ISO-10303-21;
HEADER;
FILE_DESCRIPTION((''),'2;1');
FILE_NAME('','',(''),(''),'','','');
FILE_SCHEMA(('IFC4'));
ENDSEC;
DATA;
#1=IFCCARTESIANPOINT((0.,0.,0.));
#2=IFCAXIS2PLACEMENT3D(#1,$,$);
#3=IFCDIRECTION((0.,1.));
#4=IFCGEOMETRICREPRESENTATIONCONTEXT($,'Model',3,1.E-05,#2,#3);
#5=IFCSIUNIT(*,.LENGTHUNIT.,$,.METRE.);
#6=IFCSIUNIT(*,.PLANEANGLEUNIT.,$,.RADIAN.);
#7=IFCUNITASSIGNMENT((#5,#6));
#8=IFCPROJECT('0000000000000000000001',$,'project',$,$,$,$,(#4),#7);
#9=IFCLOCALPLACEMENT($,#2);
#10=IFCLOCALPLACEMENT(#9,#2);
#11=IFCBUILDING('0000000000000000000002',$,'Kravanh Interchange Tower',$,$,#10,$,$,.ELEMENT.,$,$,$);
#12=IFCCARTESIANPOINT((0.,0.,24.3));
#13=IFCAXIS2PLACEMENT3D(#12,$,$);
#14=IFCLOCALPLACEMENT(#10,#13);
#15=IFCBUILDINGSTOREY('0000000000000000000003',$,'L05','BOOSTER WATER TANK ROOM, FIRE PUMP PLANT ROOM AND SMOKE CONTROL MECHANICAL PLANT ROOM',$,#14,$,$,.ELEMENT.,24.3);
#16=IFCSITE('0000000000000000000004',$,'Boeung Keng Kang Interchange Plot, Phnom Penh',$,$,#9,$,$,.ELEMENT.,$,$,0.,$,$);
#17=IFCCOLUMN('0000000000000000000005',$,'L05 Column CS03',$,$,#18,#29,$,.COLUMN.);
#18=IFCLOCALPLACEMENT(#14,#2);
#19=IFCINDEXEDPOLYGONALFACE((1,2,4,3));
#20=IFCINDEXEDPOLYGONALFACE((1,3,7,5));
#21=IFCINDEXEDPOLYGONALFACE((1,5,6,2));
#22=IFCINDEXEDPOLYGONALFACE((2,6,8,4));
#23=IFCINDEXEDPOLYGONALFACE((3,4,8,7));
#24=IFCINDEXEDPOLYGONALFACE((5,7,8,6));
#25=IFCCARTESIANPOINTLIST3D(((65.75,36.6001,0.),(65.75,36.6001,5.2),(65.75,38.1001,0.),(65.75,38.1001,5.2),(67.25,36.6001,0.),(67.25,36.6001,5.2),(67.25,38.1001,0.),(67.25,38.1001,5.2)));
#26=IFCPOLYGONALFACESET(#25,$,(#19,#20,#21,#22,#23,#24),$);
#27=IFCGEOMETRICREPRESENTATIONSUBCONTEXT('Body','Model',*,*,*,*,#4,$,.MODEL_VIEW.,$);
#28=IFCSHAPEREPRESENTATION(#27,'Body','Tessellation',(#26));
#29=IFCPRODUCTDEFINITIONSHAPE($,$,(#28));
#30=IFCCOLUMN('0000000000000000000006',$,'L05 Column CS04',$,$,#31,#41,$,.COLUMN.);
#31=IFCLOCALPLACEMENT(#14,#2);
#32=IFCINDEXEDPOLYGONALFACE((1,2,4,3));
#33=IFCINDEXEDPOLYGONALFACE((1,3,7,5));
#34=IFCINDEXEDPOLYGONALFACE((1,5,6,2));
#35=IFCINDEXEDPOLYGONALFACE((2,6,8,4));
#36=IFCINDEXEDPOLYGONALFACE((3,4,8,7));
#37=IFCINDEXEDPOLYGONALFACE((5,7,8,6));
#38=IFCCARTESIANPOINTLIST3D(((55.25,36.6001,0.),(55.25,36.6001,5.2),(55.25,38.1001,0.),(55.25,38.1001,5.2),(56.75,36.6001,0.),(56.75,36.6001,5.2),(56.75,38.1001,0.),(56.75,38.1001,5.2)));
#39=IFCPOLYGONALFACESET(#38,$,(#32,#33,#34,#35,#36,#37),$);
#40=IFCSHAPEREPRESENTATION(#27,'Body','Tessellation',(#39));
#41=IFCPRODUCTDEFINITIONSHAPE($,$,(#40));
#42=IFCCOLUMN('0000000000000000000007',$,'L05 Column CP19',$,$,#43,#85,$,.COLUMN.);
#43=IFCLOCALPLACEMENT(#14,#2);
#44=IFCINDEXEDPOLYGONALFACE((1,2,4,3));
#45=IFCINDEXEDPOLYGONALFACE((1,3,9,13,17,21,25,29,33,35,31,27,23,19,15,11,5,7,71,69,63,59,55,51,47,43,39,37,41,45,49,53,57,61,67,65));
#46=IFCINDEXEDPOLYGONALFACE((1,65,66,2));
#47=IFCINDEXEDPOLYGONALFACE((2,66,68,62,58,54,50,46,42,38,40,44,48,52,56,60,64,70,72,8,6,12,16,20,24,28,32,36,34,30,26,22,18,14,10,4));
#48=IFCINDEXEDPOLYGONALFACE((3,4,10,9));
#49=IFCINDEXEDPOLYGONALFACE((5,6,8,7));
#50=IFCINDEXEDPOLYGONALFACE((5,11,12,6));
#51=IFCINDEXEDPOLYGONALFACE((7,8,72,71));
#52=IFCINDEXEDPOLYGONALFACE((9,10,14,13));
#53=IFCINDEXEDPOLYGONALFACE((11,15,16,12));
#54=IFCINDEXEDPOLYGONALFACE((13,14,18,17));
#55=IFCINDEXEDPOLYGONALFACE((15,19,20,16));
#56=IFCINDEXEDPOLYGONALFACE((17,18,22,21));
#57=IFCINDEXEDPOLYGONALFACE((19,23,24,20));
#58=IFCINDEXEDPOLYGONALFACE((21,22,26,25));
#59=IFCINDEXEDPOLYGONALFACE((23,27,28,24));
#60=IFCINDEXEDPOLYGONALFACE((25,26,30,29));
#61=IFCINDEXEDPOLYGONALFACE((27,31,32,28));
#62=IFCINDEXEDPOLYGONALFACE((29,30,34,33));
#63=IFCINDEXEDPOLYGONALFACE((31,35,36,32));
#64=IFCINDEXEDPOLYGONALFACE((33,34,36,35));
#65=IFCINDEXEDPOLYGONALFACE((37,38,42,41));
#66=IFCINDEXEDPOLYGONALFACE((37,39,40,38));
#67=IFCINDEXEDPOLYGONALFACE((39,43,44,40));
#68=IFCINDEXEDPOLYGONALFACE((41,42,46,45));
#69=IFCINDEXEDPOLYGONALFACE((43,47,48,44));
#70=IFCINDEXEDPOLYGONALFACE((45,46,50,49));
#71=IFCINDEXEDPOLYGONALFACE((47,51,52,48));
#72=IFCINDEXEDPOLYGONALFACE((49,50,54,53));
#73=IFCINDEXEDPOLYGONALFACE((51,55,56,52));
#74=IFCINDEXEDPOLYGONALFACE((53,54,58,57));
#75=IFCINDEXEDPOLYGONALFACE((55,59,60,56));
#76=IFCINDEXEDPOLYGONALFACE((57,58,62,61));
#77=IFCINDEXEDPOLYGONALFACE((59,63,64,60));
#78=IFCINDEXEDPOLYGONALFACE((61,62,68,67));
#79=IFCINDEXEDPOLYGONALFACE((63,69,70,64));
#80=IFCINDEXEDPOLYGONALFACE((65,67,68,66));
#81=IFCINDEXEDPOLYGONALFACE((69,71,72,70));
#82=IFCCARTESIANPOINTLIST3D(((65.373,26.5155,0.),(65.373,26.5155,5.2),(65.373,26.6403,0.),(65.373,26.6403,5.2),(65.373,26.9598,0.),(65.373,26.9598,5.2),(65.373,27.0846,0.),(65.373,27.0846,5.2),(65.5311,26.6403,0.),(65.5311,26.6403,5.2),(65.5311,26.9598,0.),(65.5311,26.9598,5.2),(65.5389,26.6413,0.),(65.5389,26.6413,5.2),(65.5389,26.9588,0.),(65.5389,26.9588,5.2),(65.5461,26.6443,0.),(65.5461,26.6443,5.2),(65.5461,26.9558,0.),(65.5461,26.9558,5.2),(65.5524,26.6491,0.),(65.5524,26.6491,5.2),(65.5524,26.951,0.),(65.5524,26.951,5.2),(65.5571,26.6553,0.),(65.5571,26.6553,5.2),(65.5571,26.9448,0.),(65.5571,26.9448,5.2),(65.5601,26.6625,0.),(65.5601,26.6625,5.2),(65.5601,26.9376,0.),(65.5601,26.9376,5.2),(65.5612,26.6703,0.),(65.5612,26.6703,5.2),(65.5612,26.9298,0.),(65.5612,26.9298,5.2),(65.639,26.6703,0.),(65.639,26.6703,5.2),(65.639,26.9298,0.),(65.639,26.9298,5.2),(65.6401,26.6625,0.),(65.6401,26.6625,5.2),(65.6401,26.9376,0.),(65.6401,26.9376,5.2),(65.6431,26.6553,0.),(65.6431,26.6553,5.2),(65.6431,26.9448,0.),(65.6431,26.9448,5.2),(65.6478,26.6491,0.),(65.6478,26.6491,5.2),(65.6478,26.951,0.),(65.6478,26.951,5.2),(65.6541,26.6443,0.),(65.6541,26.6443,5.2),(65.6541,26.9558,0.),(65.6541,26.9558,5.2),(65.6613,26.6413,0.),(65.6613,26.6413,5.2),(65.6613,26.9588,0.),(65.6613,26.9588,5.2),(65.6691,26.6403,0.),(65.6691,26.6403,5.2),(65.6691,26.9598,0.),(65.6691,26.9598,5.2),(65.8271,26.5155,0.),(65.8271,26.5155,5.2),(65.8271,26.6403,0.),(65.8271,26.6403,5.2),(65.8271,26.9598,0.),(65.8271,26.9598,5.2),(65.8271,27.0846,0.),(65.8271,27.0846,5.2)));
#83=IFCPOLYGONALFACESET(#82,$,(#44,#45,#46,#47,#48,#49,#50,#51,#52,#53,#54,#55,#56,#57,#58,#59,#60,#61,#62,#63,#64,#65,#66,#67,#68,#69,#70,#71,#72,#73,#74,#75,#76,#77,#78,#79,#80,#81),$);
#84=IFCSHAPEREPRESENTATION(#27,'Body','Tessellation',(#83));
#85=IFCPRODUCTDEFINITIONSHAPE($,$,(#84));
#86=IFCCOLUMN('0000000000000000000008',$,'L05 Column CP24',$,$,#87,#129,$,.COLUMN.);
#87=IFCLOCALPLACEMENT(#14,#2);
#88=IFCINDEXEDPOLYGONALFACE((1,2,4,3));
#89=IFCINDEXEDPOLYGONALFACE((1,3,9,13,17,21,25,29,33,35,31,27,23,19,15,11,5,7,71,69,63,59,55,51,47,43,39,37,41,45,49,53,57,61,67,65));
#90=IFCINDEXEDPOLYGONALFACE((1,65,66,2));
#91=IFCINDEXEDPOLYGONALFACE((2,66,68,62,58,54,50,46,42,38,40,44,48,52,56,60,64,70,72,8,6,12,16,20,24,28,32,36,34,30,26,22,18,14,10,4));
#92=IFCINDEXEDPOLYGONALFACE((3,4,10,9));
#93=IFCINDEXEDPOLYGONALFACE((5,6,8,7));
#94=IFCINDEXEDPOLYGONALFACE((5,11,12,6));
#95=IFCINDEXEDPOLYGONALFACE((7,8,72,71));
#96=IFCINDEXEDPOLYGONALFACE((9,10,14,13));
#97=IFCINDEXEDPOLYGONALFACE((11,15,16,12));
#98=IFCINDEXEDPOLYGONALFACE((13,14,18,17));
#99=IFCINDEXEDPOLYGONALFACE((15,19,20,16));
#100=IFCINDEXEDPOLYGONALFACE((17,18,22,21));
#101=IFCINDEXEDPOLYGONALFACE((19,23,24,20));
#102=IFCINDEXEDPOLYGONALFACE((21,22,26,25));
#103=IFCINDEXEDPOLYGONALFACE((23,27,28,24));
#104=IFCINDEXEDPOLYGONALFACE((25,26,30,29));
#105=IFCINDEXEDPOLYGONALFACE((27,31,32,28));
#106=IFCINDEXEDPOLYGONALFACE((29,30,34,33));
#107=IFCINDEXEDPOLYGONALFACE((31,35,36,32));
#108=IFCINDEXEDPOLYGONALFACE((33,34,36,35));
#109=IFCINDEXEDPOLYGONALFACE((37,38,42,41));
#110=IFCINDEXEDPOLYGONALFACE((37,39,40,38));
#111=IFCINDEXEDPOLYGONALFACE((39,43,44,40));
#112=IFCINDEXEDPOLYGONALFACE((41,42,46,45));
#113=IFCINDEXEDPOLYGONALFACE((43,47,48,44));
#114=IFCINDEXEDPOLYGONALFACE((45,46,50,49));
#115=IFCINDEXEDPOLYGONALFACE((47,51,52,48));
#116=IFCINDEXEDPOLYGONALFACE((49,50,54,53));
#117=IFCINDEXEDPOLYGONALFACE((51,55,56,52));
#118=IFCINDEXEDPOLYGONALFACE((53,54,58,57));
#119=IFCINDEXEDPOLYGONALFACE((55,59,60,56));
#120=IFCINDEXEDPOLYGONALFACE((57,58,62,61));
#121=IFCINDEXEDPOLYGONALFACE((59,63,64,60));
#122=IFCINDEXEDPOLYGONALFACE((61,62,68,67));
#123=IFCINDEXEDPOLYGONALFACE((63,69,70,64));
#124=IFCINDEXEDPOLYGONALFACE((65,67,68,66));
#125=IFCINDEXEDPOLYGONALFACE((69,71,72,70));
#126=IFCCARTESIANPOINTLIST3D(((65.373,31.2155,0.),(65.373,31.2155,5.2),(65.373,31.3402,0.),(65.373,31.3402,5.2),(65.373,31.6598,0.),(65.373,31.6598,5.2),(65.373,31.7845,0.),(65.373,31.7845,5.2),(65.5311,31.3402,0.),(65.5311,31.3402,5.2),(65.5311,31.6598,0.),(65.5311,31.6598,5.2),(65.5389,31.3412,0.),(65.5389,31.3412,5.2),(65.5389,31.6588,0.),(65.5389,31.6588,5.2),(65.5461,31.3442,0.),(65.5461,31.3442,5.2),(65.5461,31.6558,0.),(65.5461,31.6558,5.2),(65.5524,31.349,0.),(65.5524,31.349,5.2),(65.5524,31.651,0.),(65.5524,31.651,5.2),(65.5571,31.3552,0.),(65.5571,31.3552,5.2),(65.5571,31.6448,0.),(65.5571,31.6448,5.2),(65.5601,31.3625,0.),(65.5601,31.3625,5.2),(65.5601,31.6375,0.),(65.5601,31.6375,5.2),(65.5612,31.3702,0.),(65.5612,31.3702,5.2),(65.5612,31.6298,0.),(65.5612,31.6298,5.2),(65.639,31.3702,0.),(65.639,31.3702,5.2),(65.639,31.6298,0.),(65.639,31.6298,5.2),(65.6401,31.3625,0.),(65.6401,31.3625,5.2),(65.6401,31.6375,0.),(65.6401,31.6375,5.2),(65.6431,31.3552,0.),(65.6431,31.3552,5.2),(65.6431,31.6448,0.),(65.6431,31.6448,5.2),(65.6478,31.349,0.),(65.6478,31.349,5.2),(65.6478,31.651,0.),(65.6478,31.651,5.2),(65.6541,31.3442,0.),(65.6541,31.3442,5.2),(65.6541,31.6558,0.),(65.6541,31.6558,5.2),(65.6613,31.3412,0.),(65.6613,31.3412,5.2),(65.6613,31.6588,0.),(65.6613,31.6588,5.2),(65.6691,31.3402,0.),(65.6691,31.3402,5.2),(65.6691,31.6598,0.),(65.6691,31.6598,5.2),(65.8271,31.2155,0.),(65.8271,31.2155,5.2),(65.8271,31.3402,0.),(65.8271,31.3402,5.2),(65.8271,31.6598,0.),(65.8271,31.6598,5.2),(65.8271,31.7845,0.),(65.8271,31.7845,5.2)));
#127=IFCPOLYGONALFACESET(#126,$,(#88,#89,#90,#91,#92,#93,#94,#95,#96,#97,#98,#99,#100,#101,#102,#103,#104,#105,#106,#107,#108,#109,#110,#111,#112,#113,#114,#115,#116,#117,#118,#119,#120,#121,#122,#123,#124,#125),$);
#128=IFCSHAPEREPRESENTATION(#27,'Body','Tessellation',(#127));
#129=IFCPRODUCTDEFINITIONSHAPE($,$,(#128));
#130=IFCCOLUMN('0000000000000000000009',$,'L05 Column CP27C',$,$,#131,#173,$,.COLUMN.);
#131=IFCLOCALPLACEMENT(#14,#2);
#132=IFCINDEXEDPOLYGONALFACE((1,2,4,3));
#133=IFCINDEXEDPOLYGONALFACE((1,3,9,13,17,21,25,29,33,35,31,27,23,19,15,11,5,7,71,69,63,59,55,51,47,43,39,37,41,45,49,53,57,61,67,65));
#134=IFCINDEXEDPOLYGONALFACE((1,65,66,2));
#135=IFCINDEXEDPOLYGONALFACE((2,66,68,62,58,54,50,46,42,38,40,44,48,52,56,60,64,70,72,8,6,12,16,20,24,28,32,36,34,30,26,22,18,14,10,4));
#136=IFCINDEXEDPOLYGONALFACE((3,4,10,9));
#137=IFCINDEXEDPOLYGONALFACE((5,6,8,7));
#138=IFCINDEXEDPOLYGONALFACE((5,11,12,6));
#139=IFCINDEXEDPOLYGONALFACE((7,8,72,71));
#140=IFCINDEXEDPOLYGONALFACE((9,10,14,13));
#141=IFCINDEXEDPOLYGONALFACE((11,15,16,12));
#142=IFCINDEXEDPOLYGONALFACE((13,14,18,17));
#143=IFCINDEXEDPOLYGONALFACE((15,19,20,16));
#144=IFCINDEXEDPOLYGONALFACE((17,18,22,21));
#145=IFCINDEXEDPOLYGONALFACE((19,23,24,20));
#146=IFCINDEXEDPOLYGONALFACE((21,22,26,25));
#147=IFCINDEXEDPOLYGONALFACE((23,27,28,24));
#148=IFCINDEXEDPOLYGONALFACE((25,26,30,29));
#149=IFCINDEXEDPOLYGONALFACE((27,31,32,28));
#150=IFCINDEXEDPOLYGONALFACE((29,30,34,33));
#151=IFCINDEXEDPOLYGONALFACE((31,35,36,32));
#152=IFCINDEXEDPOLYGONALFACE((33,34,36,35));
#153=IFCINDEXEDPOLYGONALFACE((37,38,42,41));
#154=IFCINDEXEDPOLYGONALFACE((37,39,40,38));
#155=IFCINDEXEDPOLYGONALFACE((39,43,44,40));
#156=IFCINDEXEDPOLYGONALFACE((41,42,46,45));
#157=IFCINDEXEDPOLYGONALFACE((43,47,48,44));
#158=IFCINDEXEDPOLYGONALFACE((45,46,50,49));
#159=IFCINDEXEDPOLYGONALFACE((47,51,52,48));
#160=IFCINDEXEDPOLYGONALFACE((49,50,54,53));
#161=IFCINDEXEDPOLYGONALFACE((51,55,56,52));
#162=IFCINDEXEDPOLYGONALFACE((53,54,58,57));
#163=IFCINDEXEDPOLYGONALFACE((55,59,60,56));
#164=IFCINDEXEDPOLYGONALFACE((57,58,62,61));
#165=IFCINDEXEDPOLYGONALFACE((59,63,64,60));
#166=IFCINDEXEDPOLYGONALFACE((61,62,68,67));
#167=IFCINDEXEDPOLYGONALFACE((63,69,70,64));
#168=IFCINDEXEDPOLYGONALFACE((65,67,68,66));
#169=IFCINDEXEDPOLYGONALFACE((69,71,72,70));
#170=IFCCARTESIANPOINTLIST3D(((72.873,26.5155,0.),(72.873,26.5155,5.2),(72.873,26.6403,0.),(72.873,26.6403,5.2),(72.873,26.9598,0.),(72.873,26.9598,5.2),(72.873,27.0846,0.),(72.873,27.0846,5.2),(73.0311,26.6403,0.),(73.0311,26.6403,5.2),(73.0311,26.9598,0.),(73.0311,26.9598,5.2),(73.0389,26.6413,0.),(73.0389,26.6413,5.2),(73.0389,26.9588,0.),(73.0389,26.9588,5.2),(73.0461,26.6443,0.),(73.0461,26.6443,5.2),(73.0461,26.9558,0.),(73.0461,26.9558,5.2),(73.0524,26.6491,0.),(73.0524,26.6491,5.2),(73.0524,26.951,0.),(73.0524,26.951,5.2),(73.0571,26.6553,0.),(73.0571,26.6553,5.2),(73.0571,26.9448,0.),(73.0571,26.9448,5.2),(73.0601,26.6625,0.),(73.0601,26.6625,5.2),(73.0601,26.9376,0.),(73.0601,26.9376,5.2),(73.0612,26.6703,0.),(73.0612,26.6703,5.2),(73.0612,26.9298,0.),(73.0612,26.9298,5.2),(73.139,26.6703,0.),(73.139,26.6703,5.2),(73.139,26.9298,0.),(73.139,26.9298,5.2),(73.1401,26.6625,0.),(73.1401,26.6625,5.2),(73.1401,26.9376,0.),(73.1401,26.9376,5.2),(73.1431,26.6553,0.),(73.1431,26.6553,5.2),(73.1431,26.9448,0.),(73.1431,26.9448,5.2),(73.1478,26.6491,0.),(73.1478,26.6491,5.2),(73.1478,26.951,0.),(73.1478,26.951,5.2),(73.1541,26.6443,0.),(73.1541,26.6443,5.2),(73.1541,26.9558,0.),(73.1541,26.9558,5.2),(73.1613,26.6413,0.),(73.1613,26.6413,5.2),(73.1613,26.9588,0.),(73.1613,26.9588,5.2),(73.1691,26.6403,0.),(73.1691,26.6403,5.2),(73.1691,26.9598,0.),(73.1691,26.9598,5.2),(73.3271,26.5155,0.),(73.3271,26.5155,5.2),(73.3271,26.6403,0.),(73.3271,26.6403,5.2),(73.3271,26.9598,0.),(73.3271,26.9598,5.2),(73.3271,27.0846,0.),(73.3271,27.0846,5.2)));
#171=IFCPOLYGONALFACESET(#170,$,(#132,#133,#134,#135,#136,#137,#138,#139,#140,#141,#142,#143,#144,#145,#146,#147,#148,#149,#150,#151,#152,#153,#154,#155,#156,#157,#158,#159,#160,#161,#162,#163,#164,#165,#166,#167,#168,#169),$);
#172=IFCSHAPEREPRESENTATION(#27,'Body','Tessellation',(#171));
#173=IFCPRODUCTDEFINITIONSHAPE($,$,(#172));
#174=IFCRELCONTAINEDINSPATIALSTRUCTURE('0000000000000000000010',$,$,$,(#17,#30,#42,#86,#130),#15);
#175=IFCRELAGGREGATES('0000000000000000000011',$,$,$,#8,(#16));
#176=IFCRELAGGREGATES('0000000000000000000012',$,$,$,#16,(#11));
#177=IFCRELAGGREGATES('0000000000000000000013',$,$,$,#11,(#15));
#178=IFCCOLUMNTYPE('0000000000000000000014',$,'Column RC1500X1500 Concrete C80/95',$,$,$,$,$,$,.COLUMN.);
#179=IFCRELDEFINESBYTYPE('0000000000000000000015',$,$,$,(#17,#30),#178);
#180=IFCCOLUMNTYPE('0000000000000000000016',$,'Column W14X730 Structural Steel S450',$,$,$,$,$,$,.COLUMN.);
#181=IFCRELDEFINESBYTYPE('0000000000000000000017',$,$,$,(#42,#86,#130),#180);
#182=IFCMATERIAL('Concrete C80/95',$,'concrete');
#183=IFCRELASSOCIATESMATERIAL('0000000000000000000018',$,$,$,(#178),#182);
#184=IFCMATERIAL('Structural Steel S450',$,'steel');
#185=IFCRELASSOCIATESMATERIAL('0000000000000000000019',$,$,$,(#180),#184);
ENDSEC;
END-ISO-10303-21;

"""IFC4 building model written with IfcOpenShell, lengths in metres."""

from ifc_helpers import new_model, si_unit, direction, frame, origin, origin_2d, place, context, subcontext, project, spatial, rectangle, i_section, extrude, material, material_profile, profile_set, type_object, element, save


model = new_model("IFC4")

# Units and contexts
model_context = context("Model", 3, precision=1e-05, world=origin(), true_north=direction((0.0, 1.0)))
body_context = subcontext(model_context, "Body", "Model", "MODEL_VIEW")
ifc_project = project(units=[si_unit("LENGTHUNIT", "METRE"), si_unit("PLANEANGLEUNIT", "RADIAN")], contexts=[model_context])

# Site, building, storey
site_placement = place(None, origin())
site = spatial("IfcSite", under=ifc_project, at=site_placement, Name="Boeung Keng Kang Interchange Plot, Phnom Penh", CompositionType="ELEMENT", RefElevation=0.0)
building_placement = place(site_placement, origin())
building = spatial("IfcBuilding", under=site, at=building_placement, Name="Kravanh Interchange Tower", CompositionType="ELEMENT")
storey_placement = place(building_placement, frame((0.0, 0.0, 24.3)))
storey = spatial("IfcBuildingStorey", under=building, at=storey_placement, Name="L05", Description="BOOSTER WATER TANK ROOM, FIRE PUMP PLANT ROOM AND SMOKE CONTROL MECHANICAL PLANT ROOM", CompositionType="ELEMENT", Elevation=24.3)

# Columns
ifc_material_1 = material(Name="Concrete C80/95", Category="concrete")
ifc_material_profile_1 = material_profile(ifc_material_1, rectangle(XDim=1.5, YDim=1.5, at=origin_2d()), Name="RC1500X1500")
ifc_profile_set_1 = profile_set([ifc_material_profile_1], Name="Concrete C80/95")
column_type_1 = type_object("IfcColumnType", Name="Column RC1500X1500 Concrete C80/95", PredefinedType="COLUMN", material=ifc_profile_set_1)
for number, where, z_axis, x_axis, name in (
    (1, (66.5, 37.3501, 0.0), (0.0, 0.0, 1.0), (1.0, 0.0, 0.0), "L05 Column CS03"),
    (2, (56.0, 37.3501, 0.0), (0.0, 0.0, 1.0), (1.0, 0.0, 0.0), "L05 Column CS04"),
):
    element("IfcColumn", number, at=place(storey_placement, frame(where, z_axis=z_axis, x_axis=x_axis)), inside=storey, type_object=column_type_1, Name=name, PredefinedType="COLUMN", context=body_context, shape_type="SweptSolid", body=[
        extrude(rectangle(XDim=1.5, YDim=1.5, at=origin_2d()), origin(), (0.0, 0.0, 1.0), 5.2),
    ])
ifc_material_2 = material(Name="Structural Steel S450", Category="steel")
ifc_material_profile_2 = material_profile(ifc_material_2, i_section(OverallWidth=0.4541, OverallDepth=0.5691, WebThickness=0.0779, FlangeThickness=0.1248, FilletRadius=0.03, at=origin_2d()), Name="W14X730")
ifc_profile_set_2 = profile_set([ifc_material_profile_2], Name="Structural Steel S450")
column_type_2 = type_object("IfcColumnType", Name="Column W14X730 Structural Steel S450", PredefinedType="COLUMN", material=ifc_profile_set_2)
for number, where, z_axis, x_axis, name in (
    (3, (65.6001, 26.8, 0.0), (0.0, 0.0, 1.0), (1.0, 0.0, 0.0), "L05 Column CP19"),
    (4, (65.6001, 31.5, 0.0), (0.0, 0.0, 1.0), (1.0, 0.0, 0.0), "L05 Column CP24"),
    (5, (73.1001, 26.8, 0.0), (0.0, 0.0, 1.0), (1.0, 0.0, 0.0), "L05 Column CP27C"),
):
    element("IfcColumn", number, at=place(storey_placement, frame(where, z_axis=z_axis, x_axis=x_axis)), inside=storey, type_object=column_type_2, Name=name, PredefinedType="COLUMN", context=body_context, shape_type="SweptSolid", body=[
        extrude(i_section(OverallWidth=0.4541, OverallDepth=0.5691, WebThickness=0.0779, FlangeThickness=0.1248, FilletRadius=0.03, at=origin_2d()), origin(), (0.0, 0.0, 1.0), 5.2),
    ])

save(model, "model.ifc")
